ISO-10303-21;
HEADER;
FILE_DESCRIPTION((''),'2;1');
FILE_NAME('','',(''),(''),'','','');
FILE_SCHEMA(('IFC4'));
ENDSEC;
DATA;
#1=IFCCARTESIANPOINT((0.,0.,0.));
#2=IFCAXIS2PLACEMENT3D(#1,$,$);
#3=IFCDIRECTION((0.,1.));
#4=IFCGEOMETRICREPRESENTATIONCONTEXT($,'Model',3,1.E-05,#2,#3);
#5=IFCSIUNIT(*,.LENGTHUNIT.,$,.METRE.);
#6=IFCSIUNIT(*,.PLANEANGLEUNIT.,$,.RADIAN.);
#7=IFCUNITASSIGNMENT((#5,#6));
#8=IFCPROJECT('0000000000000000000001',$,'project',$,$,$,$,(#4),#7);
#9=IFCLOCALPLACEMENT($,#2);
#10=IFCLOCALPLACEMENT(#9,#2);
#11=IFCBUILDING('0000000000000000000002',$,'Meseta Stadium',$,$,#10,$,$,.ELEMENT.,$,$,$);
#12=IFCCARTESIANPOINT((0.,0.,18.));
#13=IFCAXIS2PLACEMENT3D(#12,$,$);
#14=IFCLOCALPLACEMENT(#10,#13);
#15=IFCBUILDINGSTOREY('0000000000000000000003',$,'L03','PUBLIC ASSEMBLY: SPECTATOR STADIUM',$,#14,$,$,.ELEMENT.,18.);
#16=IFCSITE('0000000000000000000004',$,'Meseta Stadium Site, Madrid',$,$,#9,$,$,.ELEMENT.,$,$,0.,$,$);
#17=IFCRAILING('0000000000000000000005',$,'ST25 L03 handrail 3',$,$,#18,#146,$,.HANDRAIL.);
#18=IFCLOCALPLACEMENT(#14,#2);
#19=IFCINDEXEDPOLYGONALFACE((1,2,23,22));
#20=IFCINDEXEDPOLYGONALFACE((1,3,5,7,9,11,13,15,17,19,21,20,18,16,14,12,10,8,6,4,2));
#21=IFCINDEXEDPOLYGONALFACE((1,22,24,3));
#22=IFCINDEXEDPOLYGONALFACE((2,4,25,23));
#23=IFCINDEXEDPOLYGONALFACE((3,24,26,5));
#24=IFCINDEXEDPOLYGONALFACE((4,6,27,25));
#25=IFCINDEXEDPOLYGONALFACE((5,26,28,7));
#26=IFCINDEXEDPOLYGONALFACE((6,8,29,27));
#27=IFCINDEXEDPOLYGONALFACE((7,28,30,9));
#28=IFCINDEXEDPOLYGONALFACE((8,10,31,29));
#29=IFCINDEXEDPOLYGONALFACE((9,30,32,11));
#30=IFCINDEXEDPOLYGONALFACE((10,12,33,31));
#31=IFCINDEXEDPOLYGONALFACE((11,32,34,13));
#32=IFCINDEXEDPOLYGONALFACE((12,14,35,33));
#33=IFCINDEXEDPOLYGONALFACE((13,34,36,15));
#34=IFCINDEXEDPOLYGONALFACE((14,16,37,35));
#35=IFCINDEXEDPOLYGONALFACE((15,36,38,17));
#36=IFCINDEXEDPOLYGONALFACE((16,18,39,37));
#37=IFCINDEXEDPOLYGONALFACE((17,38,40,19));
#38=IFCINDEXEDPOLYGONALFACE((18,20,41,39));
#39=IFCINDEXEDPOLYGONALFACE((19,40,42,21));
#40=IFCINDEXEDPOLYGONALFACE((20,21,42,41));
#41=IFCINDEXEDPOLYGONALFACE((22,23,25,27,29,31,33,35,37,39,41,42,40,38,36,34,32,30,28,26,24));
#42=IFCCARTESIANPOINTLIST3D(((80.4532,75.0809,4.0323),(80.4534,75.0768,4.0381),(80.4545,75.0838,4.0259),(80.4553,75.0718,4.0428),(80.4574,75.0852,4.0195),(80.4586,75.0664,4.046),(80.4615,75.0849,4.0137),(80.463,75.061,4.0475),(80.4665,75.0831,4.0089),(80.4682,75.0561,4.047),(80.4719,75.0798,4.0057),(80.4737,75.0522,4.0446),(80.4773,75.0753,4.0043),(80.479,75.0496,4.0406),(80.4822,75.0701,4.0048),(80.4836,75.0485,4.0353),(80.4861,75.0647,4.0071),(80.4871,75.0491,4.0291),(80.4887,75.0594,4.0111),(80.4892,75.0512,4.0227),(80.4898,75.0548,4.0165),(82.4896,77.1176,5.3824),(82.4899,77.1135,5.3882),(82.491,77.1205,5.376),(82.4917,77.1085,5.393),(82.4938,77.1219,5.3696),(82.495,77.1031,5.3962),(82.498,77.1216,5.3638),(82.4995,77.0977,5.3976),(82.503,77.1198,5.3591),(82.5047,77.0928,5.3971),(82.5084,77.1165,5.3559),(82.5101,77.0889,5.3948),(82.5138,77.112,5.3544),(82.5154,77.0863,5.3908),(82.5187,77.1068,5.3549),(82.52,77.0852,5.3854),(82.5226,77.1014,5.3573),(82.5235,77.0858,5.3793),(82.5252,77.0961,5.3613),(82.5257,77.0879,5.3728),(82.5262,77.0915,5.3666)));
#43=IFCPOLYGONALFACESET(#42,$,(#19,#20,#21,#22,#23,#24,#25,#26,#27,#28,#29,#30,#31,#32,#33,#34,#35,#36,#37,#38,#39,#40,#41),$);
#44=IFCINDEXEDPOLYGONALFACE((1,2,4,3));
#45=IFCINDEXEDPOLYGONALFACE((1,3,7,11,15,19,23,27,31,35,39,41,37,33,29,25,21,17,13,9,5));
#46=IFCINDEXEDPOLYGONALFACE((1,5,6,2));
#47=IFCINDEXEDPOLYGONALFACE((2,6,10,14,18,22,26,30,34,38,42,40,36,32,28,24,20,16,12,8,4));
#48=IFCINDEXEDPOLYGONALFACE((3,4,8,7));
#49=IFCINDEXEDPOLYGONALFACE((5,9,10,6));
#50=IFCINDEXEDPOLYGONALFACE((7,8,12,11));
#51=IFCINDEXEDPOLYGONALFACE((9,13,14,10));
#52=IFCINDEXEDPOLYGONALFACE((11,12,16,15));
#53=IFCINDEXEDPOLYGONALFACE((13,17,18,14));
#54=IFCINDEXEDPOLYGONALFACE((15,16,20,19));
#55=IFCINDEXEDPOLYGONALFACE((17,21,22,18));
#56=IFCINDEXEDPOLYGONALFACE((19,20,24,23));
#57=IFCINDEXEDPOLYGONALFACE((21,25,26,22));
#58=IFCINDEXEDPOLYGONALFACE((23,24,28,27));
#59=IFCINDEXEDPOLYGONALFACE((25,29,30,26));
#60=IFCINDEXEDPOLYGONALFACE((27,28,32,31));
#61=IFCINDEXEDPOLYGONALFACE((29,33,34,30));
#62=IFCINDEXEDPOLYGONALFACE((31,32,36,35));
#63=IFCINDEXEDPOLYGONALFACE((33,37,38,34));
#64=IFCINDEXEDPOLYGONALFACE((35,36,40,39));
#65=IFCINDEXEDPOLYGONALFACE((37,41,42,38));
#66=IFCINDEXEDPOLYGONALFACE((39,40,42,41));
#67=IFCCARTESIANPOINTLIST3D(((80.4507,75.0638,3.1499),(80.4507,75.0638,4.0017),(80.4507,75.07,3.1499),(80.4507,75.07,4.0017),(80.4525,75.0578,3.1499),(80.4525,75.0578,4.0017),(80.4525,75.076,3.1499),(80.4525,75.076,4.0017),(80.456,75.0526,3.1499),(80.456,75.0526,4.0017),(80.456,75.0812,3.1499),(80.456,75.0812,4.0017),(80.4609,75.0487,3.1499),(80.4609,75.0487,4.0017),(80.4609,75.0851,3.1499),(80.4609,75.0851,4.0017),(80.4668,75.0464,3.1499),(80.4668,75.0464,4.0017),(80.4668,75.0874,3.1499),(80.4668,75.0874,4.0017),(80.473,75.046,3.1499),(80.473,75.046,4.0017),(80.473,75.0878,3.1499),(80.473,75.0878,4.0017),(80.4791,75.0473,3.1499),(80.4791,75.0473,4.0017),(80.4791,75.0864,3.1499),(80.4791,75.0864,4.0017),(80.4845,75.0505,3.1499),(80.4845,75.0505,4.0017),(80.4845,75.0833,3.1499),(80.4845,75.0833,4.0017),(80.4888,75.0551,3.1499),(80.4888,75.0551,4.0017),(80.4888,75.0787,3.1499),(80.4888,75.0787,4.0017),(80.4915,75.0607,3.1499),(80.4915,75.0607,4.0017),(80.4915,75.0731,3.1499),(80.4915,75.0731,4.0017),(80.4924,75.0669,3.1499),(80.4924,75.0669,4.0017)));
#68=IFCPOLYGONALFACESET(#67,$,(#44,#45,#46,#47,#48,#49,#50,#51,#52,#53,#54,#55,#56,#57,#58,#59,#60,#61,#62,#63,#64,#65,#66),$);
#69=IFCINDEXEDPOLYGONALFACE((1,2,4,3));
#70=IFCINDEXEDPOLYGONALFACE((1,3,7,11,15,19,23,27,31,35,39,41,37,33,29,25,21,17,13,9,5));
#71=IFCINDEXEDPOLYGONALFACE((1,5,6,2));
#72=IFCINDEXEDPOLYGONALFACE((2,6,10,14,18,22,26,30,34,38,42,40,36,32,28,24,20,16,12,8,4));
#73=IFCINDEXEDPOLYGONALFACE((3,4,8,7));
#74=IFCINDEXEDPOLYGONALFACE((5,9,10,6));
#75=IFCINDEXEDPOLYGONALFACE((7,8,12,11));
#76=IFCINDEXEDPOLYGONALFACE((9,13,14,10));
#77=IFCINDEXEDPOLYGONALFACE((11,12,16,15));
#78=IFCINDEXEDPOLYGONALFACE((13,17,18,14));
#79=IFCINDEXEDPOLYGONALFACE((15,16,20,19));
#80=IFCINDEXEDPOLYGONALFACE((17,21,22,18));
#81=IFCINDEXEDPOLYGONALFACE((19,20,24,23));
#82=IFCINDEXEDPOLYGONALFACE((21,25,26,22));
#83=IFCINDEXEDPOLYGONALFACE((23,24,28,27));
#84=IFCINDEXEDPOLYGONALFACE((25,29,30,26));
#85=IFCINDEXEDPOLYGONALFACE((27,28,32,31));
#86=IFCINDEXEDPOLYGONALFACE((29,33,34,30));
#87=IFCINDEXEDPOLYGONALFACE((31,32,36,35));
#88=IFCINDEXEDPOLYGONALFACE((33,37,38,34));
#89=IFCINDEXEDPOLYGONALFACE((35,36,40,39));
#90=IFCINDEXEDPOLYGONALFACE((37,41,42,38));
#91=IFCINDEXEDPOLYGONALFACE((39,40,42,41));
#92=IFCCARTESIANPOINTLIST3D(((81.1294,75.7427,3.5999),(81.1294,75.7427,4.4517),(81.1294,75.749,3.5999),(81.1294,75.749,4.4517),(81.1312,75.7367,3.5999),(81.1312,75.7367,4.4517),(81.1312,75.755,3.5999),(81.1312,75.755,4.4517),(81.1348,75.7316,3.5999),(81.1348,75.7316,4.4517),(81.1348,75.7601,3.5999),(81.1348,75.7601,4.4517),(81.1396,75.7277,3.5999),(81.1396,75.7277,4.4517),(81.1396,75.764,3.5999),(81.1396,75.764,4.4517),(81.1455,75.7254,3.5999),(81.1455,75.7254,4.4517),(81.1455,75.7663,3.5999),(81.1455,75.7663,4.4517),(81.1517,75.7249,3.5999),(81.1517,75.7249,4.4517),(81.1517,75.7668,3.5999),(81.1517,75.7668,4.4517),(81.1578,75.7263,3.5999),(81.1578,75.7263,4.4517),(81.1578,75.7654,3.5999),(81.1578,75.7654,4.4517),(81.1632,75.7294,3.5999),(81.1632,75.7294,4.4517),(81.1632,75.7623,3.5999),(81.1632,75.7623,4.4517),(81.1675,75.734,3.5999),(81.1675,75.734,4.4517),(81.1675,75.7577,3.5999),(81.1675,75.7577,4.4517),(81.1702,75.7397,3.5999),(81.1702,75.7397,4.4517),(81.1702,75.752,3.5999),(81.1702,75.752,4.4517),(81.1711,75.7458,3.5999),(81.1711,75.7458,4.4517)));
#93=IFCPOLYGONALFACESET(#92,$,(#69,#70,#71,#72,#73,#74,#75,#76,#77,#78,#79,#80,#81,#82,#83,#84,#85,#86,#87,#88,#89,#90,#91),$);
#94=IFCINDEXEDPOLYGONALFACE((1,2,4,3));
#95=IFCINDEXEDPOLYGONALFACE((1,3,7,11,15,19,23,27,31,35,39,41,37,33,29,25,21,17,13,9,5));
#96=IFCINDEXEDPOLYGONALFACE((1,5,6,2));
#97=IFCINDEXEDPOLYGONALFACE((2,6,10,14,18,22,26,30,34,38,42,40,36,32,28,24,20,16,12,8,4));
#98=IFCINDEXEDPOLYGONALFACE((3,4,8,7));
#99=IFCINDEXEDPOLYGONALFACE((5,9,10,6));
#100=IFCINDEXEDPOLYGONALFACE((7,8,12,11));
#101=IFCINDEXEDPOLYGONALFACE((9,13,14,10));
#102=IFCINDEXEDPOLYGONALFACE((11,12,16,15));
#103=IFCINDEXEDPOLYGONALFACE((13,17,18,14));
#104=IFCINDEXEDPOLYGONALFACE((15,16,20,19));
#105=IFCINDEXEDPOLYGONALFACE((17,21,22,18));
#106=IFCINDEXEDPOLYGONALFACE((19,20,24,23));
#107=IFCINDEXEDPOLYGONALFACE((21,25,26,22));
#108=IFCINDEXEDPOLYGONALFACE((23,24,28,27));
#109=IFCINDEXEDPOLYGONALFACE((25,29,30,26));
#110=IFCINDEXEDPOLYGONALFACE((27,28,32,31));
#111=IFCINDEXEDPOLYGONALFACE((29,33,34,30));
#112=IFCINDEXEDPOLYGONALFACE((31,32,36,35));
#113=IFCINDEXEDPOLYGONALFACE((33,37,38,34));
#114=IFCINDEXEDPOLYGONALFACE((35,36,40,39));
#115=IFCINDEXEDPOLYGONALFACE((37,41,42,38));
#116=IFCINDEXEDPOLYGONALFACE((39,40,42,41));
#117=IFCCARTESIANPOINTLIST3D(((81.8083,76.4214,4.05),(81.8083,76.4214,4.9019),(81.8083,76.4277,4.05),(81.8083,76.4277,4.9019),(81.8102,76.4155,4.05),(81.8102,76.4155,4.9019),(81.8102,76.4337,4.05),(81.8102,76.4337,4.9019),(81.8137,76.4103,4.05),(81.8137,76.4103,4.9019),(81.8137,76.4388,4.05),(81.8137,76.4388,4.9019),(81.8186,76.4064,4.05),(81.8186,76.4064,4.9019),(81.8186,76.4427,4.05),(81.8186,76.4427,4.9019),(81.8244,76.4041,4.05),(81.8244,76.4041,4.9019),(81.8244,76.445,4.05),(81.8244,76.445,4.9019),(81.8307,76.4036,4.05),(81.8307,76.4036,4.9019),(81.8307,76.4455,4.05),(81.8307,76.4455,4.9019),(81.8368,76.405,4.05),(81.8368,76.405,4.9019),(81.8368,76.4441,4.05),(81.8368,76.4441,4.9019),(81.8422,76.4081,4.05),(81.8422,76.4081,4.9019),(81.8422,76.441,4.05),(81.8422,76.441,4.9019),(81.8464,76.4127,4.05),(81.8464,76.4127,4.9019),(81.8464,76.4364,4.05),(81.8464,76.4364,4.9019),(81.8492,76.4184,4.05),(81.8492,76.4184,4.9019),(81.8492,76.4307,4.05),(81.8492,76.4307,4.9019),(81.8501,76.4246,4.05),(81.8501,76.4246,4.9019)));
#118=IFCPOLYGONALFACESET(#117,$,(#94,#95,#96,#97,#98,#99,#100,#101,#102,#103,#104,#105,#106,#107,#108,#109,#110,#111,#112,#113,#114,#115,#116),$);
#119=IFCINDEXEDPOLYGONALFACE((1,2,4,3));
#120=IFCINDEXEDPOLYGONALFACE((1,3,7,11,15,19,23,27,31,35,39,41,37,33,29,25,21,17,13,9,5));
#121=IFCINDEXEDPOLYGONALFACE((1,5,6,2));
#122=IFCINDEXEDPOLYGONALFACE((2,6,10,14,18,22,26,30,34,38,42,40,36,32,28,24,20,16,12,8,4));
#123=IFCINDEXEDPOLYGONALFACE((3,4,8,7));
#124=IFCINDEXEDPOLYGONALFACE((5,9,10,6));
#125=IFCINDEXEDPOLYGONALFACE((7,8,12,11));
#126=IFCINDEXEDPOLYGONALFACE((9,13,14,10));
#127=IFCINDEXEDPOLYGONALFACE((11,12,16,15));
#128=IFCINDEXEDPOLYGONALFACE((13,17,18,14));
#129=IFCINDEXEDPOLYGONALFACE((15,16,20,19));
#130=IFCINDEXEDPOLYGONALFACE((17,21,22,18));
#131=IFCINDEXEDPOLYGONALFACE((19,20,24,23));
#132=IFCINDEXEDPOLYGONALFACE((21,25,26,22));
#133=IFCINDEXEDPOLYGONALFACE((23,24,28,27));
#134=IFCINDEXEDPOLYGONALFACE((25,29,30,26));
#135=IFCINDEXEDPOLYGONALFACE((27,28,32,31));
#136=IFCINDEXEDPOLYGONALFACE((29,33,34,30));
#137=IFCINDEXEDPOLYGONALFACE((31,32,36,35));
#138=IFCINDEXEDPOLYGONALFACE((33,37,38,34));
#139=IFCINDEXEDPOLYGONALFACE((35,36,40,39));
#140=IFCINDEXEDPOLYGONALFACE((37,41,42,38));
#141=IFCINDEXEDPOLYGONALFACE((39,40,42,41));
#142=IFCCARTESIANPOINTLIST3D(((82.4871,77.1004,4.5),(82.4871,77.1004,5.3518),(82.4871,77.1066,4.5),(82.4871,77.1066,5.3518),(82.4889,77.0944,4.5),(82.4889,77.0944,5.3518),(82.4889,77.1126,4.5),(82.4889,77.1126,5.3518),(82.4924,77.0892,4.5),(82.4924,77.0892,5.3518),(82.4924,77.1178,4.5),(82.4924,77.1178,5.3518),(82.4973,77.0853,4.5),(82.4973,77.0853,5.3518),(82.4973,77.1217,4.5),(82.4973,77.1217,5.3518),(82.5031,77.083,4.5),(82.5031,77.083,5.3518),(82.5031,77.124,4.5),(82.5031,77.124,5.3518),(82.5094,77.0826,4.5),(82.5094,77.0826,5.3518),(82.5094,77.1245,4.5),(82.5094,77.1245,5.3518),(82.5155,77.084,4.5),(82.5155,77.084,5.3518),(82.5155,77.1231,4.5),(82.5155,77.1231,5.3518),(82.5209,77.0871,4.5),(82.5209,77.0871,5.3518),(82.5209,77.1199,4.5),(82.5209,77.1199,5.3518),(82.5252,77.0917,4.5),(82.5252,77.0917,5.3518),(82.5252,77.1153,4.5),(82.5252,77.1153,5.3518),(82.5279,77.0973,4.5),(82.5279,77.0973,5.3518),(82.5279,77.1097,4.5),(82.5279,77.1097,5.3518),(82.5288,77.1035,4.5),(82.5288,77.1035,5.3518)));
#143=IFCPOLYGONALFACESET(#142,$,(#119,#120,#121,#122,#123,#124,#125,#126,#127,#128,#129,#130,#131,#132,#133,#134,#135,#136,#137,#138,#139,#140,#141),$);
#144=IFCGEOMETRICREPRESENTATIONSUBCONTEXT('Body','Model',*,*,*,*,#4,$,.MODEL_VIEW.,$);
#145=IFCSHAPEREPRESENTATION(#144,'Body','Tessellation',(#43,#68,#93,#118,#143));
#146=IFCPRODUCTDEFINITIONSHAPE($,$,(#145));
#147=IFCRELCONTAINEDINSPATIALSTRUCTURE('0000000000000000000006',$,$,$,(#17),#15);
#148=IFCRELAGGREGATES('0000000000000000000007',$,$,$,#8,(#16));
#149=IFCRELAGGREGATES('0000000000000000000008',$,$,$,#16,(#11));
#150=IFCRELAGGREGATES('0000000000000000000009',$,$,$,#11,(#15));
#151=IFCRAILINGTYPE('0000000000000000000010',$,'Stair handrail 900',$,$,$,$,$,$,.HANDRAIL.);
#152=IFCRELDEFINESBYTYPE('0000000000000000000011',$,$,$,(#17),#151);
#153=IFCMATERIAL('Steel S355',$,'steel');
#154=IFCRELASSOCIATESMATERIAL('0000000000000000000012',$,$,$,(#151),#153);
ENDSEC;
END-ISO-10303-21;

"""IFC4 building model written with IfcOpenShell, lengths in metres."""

from ifc_helpers import new_model, si_unit, direction, frame, origin, origin_2d, place, context, subcontext, project, spatial, circle, extrude, material, type_object, element, save


model = new_model("IFC4")

# Units and contexts
model_context = context("Model", 3, precision=1e-05, world=origin(), true_north=direction((0.0, 1.0)))
body_context = subcontext(model_context, "Body", "Model", "MODEL_VIEW")
ifc_project = project(units=[si_unit("LENGTHUNIT", "METRE"), si_unit("PLANEANGLEUNIT", "RADIAN")], contexts=[model_context])

# Site, building, storey
site_placement = place(None, origin())
site = spatial("IfcSite", under=ifc_project, at=site_placement, Name="Meseta Stadium Site, Madrid", CompositionType="ELEMENT", RefElevation=0.0)
building_placement = place(site_placement, origin())
building = spatial("IfcBuilding", under=site, at=building_placement, Name="Meseta Stadium", CompositionType="ELEMENT")
storey_placement = place(building_placement, frame((0.0, 0.0, 18.0)))
storey = spatial("IfcBuildingStorey", under=building, at=storey_placement, Name="L03", Description="PUBLIC ASSEMBLY: SPECTATOR STADIUM", CompositionType="ELEMENT", Elevation=18.0)

# Railing
ifc_material_1 = material(Name="Steel S355", Category="steel")
railing_type_1 = type_object("IfcRailingType", Name="Stair handrail 900", PredefinedType="HANDRAIL", material=ifc_material_1)
railing_1_placement = place(storey_placement, frame((80.4714, 75.0669, 3.1499)))
element("IfcRailing", 1, at=railing_1_placement, inside=storey, type_object=railing_type_1, Name="ST25 L03 handrail 3", PredefinedType="HANDRAIL", context=body_context, shape_type="SweptSolid", body=[
    extrude(circle(Radius=0.0239, at=origin_2d()), frame((0.0, 0.0, 0.876), z_axis=(0.640211, 0.640288, 0.424454), x_axis=(-0.707149, 0.707064, 0.0)), (0.0, 0.0, 1.0), 3.1809),
    extrude(circle(Radius=0.021, at=origin_2d()), origin(), (0.0, 0.0, 1.0), 0.8518),
    extrude(circle(Radius=0.021, at=origin_2d()), frame((0.6787, 0.679, 0.45)), (0.0, 0.0, 1.0), 0.8518),
    extrude(circle(Radius=0.021, at=origin_2d()), frame((1.3577, 1.3577, 0.9001)), (0.0, 0.0, 1.0), 0.8518),
    extrude(circle(Radius=0.021, at=origin_2d()), frame((2.0364, 2.0366, 1.3501)), (0.0, 0.0, 1.0), 0.8518),
])

save(model, "model.ifc")
